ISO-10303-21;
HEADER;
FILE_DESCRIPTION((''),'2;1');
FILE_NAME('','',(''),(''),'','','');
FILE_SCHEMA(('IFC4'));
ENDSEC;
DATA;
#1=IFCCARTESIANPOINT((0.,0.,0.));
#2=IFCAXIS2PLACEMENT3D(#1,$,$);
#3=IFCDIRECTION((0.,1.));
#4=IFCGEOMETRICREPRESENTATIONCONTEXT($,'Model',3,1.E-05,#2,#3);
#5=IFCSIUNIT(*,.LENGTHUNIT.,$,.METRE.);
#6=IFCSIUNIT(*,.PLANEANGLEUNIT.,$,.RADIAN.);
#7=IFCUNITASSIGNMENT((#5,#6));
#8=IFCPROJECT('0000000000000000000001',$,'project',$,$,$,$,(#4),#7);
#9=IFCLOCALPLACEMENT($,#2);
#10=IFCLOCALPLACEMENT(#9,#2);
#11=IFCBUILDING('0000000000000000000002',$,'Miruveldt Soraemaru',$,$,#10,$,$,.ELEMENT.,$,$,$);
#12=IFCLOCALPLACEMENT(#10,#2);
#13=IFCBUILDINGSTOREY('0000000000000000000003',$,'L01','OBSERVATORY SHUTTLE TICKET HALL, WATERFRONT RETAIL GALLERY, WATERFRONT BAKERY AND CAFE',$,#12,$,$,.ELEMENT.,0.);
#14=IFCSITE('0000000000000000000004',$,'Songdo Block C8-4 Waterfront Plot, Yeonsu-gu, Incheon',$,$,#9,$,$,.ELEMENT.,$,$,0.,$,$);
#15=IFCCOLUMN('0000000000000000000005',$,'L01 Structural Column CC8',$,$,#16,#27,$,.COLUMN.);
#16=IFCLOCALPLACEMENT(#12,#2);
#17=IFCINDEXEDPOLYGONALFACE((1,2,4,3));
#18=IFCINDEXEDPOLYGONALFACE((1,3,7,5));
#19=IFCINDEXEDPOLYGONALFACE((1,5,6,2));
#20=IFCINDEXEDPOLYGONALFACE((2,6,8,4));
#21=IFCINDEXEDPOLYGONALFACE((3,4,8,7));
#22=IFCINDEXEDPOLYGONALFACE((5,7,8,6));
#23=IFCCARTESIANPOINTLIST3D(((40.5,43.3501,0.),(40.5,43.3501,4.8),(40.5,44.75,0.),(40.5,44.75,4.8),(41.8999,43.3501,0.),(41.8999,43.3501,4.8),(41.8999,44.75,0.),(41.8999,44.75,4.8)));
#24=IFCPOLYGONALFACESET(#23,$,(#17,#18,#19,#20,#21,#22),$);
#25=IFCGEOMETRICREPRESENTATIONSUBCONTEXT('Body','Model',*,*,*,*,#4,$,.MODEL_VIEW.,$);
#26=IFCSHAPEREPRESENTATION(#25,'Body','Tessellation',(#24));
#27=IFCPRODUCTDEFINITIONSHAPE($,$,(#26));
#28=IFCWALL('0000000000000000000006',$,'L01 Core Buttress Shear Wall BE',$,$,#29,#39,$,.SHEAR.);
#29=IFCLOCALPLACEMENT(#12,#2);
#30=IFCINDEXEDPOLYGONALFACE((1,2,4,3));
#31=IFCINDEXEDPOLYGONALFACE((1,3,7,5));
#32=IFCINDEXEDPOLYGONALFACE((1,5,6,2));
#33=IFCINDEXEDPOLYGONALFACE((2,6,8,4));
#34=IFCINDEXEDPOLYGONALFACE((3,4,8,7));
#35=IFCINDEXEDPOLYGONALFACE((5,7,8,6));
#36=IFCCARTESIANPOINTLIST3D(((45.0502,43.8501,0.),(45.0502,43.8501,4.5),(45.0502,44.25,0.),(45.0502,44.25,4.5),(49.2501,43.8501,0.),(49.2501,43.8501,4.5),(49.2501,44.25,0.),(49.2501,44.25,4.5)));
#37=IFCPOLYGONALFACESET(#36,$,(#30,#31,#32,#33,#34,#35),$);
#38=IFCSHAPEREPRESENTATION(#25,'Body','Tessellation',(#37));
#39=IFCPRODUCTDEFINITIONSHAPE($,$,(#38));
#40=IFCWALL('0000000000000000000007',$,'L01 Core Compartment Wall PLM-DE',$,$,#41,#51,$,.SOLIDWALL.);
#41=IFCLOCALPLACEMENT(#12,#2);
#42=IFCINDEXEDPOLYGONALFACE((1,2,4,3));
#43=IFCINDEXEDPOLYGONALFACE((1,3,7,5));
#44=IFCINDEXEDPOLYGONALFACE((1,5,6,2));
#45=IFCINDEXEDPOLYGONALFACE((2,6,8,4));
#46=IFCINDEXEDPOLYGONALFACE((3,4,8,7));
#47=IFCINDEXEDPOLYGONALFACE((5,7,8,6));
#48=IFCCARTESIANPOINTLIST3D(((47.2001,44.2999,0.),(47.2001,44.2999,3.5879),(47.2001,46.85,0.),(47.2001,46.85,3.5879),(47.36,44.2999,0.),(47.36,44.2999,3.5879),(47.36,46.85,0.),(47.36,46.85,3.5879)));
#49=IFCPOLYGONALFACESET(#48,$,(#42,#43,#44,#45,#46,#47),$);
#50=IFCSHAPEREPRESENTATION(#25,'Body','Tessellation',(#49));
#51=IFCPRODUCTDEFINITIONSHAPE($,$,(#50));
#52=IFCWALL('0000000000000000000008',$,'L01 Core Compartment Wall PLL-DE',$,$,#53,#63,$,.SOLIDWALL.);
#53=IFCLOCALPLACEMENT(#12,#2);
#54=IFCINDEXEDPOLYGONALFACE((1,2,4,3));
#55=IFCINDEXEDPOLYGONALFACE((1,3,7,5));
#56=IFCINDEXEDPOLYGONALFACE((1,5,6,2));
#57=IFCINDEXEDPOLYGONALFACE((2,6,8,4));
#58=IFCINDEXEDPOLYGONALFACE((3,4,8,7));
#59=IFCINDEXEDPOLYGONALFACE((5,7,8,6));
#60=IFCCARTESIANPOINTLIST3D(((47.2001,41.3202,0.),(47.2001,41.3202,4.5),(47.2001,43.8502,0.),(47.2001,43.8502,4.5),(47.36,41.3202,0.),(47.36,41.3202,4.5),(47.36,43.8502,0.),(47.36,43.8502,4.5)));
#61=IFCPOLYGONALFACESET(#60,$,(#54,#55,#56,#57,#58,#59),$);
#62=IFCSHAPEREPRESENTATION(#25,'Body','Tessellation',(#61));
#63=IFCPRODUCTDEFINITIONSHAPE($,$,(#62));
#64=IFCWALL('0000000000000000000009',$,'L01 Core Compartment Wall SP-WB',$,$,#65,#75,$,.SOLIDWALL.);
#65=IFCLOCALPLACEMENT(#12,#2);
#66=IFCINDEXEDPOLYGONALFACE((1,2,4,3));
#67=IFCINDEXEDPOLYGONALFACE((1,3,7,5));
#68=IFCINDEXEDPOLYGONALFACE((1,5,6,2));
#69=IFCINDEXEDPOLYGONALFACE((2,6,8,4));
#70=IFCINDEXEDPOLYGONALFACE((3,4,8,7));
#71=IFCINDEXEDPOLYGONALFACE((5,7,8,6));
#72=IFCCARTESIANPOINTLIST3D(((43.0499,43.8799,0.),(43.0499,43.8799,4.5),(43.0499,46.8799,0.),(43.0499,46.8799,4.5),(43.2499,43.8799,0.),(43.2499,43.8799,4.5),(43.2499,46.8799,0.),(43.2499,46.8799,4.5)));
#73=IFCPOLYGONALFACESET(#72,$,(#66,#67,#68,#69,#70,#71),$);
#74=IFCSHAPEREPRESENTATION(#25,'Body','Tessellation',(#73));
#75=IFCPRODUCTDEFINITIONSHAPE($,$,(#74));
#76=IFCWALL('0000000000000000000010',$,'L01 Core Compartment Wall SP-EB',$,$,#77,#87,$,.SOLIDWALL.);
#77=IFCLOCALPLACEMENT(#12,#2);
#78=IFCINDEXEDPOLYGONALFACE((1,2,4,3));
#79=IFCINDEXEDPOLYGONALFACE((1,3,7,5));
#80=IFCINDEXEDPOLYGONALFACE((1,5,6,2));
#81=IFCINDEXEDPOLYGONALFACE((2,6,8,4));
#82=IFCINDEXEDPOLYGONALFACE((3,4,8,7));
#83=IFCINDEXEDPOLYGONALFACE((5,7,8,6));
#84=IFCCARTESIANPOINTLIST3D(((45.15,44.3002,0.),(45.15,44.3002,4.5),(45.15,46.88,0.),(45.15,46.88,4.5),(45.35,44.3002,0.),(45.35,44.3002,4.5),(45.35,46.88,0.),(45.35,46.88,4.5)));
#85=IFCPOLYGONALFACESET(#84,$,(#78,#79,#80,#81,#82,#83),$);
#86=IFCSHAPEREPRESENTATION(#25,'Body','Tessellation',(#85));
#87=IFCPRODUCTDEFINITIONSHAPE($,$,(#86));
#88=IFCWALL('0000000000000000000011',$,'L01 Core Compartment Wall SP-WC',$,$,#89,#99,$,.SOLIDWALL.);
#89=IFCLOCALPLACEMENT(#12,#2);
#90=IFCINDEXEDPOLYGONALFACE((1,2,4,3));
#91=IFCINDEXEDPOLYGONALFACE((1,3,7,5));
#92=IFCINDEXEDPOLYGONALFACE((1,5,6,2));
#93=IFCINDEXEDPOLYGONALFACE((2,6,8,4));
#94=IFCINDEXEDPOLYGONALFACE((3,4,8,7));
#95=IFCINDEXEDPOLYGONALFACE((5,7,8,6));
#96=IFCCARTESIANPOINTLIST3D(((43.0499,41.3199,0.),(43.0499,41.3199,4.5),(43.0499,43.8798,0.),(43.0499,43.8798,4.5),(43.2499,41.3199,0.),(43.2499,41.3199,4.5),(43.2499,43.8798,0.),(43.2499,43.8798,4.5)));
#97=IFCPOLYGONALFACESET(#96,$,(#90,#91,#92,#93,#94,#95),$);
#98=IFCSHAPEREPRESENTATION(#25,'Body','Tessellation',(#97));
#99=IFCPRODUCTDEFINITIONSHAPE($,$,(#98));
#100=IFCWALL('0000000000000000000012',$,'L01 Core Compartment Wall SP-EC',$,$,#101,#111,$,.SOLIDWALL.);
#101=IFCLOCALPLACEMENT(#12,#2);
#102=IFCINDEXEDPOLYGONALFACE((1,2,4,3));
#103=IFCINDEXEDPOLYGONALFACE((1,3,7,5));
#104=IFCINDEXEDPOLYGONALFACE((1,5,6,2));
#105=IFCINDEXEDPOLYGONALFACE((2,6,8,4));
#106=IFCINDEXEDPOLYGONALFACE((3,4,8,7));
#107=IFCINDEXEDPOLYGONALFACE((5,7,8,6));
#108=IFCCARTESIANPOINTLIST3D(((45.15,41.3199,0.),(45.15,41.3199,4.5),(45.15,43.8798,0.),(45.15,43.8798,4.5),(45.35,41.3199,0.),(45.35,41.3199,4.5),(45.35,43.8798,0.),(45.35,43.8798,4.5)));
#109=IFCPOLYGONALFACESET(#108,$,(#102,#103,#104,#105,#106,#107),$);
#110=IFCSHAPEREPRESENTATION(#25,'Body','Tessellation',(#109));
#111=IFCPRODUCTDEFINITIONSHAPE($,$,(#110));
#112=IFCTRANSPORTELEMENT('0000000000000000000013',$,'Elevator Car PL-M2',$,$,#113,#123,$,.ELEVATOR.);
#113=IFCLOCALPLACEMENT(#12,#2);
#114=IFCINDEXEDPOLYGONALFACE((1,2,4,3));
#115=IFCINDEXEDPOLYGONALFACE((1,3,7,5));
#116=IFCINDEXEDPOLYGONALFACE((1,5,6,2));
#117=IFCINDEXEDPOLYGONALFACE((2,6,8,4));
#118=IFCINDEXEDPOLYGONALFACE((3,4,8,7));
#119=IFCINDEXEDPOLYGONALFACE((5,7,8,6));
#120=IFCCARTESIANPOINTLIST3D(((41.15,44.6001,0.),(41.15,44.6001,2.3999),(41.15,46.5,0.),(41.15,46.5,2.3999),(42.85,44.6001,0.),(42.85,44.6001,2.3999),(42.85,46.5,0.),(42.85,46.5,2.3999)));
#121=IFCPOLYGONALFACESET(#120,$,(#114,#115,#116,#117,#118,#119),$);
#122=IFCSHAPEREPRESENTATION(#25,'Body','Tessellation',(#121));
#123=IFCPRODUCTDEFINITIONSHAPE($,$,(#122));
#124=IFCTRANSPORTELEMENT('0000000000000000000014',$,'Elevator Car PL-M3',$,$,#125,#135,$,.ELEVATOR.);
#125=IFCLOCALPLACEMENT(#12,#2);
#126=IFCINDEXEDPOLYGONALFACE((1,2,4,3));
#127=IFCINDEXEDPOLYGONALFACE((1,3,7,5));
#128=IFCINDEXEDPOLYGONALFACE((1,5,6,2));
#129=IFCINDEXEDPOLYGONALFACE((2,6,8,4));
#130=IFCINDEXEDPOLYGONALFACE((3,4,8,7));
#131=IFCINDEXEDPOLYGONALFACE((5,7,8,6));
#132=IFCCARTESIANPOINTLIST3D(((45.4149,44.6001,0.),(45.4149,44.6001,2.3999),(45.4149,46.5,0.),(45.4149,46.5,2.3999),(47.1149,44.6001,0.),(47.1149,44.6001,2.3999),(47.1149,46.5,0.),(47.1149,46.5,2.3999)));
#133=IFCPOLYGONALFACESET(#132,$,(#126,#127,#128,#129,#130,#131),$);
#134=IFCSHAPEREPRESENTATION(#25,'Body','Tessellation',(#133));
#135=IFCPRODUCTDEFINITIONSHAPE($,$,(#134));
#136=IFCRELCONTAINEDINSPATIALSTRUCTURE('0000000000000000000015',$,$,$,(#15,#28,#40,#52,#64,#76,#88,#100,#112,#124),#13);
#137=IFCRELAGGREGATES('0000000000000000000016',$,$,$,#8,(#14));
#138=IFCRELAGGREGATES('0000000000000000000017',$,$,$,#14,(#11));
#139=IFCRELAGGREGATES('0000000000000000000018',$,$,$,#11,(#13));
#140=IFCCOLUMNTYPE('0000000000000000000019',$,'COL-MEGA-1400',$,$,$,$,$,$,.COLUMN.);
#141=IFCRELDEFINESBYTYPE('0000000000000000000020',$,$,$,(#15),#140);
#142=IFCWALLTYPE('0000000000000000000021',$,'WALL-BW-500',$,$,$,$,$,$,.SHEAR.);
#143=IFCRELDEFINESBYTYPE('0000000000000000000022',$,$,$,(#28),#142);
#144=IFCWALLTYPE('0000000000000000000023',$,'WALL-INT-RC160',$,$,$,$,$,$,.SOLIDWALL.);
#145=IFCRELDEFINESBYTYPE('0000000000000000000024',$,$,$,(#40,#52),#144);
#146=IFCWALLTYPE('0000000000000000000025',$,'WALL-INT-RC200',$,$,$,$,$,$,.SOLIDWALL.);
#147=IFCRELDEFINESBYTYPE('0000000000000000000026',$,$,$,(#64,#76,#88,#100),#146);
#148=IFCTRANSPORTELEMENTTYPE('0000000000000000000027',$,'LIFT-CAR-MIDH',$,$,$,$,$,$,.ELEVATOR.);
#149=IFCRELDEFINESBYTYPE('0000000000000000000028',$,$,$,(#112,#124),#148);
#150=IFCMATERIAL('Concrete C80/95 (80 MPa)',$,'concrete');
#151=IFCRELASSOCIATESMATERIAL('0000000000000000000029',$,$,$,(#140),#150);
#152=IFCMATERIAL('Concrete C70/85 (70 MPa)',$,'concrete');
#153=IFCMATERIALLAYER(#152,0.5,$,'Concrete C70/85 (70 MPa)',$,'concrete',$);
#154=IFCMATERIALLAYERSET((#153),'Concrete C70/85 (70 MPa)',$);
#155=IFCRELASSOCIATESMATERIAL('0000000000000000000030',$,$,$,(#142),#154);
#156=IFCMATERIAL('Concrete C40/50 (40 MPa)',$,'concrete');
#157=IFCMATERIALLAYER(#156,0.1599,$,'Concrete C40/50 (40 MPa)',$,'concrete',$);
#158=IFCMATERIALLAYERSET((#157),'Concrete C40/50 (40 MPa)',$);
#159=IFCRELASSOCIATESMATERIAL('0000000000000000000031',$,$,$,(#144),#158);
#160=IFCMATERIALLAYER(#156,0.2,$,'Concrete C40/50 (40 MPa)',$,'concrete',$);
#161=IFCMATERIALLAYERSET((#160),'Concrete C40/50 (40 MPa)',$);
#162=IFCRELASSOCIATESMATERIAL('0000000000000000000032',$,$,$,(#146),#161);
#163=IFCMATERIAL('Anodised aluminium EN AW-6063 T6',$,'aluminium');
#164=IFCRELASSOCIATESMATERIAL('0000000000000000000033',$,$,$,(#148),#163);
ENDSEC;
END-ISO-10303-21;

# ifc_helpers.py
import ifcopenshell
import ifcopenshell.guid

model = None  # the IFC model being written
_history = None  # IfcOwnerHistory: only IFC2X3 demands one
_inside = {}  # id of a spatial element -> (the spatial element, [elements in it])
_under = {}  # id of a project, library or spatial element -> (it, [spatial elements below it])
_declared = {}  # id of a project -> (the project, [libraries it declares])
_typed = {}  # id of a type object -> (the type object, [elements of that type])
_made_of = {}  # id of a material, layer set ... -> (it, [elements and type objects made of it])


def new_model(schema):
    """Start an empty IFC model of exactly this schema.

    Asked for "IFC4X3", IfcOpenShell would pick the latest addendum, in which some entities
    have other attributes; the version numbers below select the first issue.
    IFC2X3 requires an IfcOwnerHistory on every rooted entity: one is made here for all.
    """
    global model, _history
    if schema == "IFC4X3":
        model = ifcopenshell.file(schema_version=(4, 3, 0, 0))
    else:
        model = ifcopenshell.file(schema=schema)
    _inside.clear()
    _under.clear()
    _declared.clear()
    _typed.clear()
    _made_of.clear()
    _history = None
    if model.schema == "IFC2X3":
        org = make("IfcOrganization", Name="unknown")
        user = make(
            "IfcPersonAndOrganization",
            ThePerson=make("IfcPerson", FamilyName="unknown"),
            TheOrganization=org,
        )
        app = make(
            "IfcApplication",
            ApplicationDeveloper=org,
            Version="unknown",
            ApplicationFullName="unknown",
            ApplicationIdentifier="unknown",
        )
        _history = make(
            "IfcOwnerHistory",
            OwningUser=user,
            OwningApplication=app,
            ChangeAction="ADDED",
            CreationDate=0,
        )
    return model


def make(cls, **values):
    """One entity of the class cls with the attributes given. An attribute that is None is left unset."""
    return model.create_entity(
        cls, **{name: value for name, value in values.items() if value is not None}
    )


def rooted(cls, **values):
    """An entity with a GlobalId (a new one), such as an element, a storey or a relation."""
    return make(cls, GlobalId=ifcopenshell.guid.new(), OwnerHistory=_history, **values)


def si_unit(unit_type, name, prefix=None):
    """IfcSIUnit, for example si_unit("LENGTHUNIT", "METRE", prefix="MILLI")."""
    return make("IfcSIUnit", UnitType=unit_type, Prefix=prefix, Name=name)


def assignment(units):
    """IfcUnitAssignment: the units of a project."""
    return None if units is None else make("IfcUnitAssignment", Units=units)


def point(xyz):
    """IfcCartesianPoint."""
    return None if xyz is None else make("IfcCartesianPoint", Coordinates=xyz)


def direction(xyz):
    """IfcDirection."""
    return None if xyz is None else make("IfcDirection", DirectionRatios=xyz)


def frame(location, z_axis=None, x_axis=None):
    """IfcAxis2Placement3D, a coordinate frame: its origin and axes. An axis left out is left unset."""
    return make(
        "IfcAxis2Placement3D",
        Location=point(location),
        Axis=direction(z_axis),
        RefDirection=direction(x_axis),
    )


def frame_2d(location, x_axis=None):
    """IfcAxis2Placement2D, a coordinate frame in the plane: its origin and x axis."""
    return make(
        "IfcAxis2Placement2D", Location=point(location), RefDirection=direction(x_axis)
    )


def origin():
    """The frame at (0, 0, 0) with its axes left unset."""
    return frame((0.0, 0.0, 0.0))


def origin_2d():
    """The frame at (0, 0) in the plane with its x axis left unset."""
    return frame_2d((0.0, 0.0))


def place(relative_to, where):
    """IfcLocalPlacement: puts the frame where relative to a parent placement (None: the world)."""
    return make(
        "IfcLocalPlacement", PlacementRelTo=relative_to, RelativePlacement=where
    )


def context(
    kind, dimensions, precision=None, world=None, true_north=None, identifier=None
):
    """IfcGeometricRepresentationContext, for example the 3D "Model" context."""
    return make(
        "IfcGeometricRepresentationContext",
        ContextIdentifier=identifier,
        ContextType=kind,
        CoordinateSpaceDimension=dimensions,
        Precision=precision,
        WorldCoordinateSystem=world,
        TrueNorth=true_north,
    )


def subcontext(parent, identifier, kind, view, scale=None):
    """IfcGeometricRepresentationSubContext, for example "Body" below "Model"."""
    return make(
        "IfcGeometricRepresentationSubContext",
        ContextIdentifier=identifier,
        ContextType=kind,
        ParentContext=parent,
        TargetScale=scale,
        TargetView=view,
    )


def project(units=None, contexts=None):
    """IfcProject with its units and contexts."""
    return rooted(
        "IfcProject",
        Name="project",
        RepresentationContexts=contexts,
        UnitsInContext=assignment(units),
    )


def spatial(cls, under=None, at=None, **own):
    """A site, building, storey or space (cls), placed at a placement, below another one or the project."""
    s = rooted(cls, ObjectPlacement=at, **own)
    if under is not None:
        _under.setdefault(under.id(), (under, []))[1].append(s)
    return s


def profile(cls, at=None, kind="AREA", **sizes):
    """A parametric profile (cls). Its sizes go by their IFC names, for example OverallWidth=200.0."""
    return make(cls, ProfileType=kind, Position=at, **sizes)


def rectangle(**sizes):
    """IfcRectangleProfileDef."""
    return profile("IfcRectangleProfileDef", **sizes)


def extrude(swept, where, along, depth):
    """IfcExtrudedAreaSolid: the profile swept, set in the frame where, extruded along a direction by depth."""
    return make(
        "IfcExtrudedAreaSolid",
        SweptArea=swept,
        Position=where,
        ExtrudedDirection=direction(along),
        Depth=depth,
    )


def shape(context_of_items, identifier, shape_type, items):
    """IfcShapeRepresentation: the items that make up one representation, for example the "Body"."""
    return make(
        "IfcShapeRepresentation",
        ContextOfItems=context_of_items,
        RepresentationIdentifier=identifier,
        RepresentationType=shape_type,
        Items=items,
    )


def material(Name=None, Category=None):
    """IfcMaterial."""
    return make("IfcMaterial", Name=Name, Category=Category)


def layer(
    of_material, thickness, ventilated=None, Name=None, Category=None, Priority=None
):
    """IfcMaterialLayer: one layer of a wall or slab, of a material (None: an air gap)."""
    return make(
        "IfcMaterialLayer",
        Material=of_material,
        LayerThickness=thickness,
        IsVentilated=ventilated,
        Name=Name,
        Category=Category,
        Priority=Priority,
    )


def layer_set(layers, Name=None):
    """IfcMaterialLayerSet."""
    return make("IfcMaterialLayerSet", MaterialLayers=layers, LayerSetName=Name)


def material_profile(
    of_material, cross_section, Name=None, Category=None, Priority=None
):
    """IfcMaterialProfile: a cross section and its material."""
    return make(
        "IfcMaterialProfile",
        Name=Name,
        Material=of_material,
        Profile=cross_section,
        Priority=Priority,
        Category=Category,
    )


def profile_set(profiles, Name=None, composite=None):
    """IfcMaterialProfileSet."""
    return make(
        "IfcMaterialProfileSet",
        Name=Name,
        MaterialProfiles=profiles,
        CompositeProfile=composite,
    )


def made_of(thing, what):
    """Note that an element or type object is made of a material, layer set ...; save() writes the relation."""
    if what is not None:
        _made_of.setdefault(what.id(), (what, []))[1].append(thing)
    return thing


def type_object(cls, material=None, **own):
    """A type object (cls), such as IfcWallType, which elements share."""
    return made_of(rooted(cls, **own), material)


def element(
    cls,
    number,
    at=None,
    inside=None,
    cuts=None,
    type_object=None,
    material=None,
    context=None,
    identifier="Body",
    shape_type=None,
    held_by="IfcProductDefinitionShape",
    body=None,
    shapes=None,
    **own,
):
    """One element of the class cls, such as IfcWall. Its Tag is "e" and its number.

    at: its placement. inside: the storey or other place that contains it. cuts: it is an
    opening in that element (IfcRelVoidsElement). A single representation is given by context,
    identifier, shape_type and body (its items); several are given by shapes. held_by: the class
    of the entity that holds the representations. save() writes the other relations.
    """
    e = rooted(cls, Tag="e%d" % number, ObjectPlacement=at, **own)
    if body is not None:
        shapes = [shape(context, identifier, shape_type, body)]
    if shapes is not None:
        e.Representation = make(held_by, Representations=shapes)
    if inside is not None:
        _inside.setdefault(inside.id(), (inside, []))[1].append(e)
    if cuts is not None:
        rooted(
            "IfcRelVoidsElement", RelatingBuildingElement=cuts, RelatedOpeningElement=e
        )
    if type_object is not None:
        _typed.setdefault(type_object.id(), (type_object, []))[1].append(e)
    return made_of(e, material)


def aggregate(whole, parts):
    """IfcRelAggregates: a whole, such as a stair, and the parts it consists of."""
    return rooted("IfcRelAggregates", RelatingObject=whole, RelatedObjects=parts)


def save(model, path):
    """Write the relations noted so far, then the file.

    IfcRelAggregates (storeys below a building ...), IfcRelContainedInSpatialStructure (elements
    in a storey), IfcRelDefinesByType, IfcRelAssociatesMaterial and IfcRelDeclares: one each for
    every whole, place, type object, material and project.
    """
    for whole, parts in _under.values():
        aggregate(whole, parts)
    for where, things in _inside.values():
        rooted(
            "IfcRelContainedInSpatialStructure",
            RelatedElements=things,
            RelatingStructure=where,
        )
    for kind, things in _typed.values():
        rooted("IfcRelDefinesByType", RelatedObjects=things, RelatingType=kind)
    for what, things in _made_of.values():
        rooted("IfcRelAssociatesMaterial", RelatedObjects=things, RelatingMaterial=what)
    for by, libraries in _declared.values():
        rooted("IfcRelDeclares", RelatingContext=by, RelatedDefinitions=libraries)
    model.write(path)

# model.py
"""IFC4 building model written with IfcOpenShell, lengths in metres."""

from ifc_helpers import new_model, si_unit, direction, frame, frame_2d, origin, origin_2d, place, context, subcontext, project, spatial, rectangle, extrude, material, layer, layer_set, material_profile, profile_set, type_object, element, save


model = new_model("IFC4")

# Units and contexts
model_context = context("Model", 3, precision=1e-05, world=origin(), true_north=direction((0.0, 1.0)))
body_context = subcontext(model_context, "Body", "Model", "MODEL_VIEW")
ifc_project = project(units=[si_unit("LENGTHUNIT", "METRE"), si_unit("PLANEANGLEUNIT", "RADIAN")], contexts=[model_context])

# Site, building, storey
site_placement = place(None, origin())
site = spatial("IfcSite", under=ifc_project, at=site_placement, Name="Songdo Block C8-4 Waterfront Plot, Yeonsu-gu, Incheon", CompositionType="ELEMENT", RefElevation=0.0)
building_placement = place(site_placement, origin())
building = spatial("IfcBuilding", under=site, at=building_placement, Name="Miruveldt Soraemaru", CompositionType="ELEMENT")
storey_placement = place(building_placement, origin())
storey = spatial("IfcBuildingStorey", under=building, at=storey_placement, Name="L01", Description="OBSERVATORY SHUTTLE TICKET HALL, WATERFRONT RETAIL GALLERY, WATERFRONT BAKERY AND CAFE", CompositionType="ELEMENT", Elevation=0.0)

# Column
ifc_material_1 = material(Name="Concrete C80/95 (80 MPa)", Category="concrete")
ifc_material_profile = material_profile(ifc_material_1, rectangle(XDim=1.3999, YDim=1.3999, at=origin_2d()), Name="Concrete C80/95 (80 MPa)", Category="concrete")
ifc_profile_set = profile_set([ifc_material_profile], Name="Concrete C80/95 (80 MPa)")
column_type = type_object("IfcColumnType", Name="COL-MEGA-1400", PredefinedType="COLUMN", material=ifc_profile_set)
column_placement = place(storey_placement, frame((41.2, 44.05, 0.0), z_axis=(0.0, 0.0, 1.0), x_axis=(1.0, 0.0, 0.0)))
element("IfcColumn", 1, at=column_placement, inside=storey, type_object=column_type, Name="L01 Structural Column CC8", PredefinedType="COLUMN", context=body_context, shape_type="SweptSolid", body=[
    extrude(rectangle(XDim=1.3999, YDim=1.3999, at=origin_2d()), origin(), (0.0, 0.0, 1.0), 4.8),
])

# Walls
ifc_material_2 = material(Name="Concrete C70/85 (70 MPa)", Category="concrete")
ifc_layer_1 = layer(ifc_material_2, 0.5, Name="Concrete C70/85 (70 MPa)", Category="concrete")
ifc_layer_set_1 = layer_set([ifc_layer_1], Name="Concrete C70/85 (70 MPa)")
wall_type_1 = type_object("IfcWallType", Name="WALL-BW-500", PredefinedType="SHEAR", material=ifc_layer_set_1)
wall_1_placement = place(storey_placement, frame((45.05, 44.05, 0.0), z_axis=(0.0, 0.0, 1.0), x_axis=(1.0, 0.0, 0.0)))
element("IfcWall", 2, at=wall_1_placement, inside=storey, type_object=wall_type_1, Name="L01 Core Buttress Shear Wall BE", PredefinedType="SHEAR", context=body_context, shape_type="SweptSolid", body=[
    extrude(rectangle(XDim=4.2, YDim=0.3999, at=frame_2d((2.1001, 0.0))), origin(), (0.0, 0.0, 1.0), 4.5),
])
ifc_material_3 = material(Name="Concrete C40/50 (40 MPa)", Category="concrete")
ifc_layer_2 = layer(ifc_material_3, 0.1599, Name="Concrete C40/50 (40 MPa)", Category="concrete")
ifc_layer_set_2 = layer_set([ifc_layer_2], Name="Concrete C40/50 (40 MPa)")
wall_type_2 = type_object("IfcWallType", Name="WALL-INT-RC160", PredefinedType="SOLIDWALL", material=ifc_layer_set_2)
wall_2_placement = place(storey_placement, frame((47.28, 44.3, 0.0), z_axis=(0.0, 0.0, 1.0), x_axis=(0.0, 1.0, 0.0)))
element("IfcWall", 3, at=wall_2_placement, inside=storey, type_object=wall_type_2, Name="L01 Core Compartment Wall PLM-DE", PredefinedType="SOLIDWALL", context=body_context, shape_type="SweptSolid", body=[
    extrude(rectangle(XDim=2.55, YDim=0.1599, at=frame_2d((1.2749, 0.0))), origin(), (0.0, 0.0, 1.0), 3.5879),
])
wall_3_placement = place(storey_placement, frame((47.28, 41.3201, 0.0), z_axis=(0.0, 0.0, 1.0), x_axis=(0.0, 1.0, 0.0)))
element("IfcWall", 4, at=wall_3_placement, inside=storey, type_object=wall_type_2, Name="L01 Core Compartment Wall PLL-DE", PredefinedType="SOLIDWALL", context=body_context, shape_type="SweptSolid", body=[
    extrude(rectangle(XDim=2.53, YDim=0.1599, at=frame_2d((1.2651, 0.0))), origin(), (0.0, 0.0, 1.0), 4.5),
])

# Shared definitions
ifc_layer_3 = layer(ifc_material_3, 0.2, Name="Concrete C40/50 (40 MPa)", Category="concrete")
ifc_layer_set_3 = layer_set([ifc_layer_3], Name="Concrete C40/50 (40 MPa)")
wall_type_3 = type_object("IfcWallType", Name="WALL-INT-RC200", PredefinedType="SOLIDWALL", material=ifc_layer_set_3)
ifc_material_4 = material(Name="Anodised aluminium EN AW-6063 T6", Category="aluminium")

# Walls
wall_4_placement = place(storey_placement, frame((43.1499, 43.8799, 0.0), z_axis=(0.0, 0.0, 1.0), x_axis=(0.0, 1.0, 0.0)))
element("IfcWall", 5, at=wall_4_placement, inside=storey, type_object=wall_type_3, Name="L01 Core Compartment Wall SP-WB", PredefinedType="SOLIDWALL", context=body_context, shape_type="SweptSolid", body=[
    extrude(rectangle(XDim=3.0, YDim=0.2, at=frame_2d((1.5, 0.0))), origin(), (0.0, 0.0, 1.0), 4.5),
])
wall_5_placement = place(storey_placement, frame((45.25, 44.3, 0.0), z_axis=(0.0, 0.0, 1.0), x_axis=(0.0, 1.0, 0.0)))
element("IfcWall", 6, at=wall_5_placement, inside=storey, type_object=wall_type_3, Name="L01 Core Compartment Wall SP-EB", PredefinedType="SOLIDWALL", context=body_context, shape_type="SweptSolid", body=[
    extrude(rectangle(XDim=2.5798, YDim=0.2, at=frame_2d((1.29, 0.0))), origin(), (0.0, 0.0, 1.0), 4.5),
])
for number, where, z_axis, x_axis, name in (
    (7, (43.1499, 41.3201, 0.0), (0.0, 0.0, 1.0), (0.0, 1.0, 0.0), "L01 Core Compartment Wall SP-WC"),
    (8, (45.25, 41.3201, 0.0), (0.0, 0.0, 1.0), (0.0, 1.0, 0.0), "L01 Core Compartment Wall SP-EC"),
):
    element("IfcWall", number, at=place(storey_placement, frame(where, z_axis=z_axis, x_axis=x_axis)), inside=storey, type_object=wall_type_3, Name=name, PredefinedType="SOLIDWALL", context=body_context, shape_type="SweptSolid", body=[
        extrude(rectangle(XDim=2.5598, YDim=0.2, at=frame_2d((1.2798, 0.0))), origin(), (0.0, 0.0, 1.0), 4.5),
    ])

# Transport elements
transport_element_type = type_object("IfcTransportElementType", Name="LIFT-CAR-MIDH", PredefinedType="ELEVATOR", material=ifc_material_4)
for number, where, z_axis, x_axis, name in (
    (9, (42.0, 45.55, 0.0), (0.0, 0.0, 1.0), (1.0, 0.0, 0.0), "Elevator Car PL-M2"),
    (10, (46.2649, 45.55, 0.0), (0.0, 0.0, 1.0), (1.0, 0.0, 0.0), "Elevator Car PL-M3"),
):
    element("IfcTransportElement", number, at=place(storey_placement, frame(where, z_axis=z_axis, x_axis=x_axis)), inside=storey, type_object=transport_element_type, Name=name, PredefinedType="ELEVATOR", context=body_context, shape_type="SweptSolid", body=[
        extrude(rectangle(XDim=1.7, YDim=1.8999, at=origin_2d()), origin(), (0.0, 0.0, 1.0), 2.3999),
    ])

save(model, "model.ifc")
